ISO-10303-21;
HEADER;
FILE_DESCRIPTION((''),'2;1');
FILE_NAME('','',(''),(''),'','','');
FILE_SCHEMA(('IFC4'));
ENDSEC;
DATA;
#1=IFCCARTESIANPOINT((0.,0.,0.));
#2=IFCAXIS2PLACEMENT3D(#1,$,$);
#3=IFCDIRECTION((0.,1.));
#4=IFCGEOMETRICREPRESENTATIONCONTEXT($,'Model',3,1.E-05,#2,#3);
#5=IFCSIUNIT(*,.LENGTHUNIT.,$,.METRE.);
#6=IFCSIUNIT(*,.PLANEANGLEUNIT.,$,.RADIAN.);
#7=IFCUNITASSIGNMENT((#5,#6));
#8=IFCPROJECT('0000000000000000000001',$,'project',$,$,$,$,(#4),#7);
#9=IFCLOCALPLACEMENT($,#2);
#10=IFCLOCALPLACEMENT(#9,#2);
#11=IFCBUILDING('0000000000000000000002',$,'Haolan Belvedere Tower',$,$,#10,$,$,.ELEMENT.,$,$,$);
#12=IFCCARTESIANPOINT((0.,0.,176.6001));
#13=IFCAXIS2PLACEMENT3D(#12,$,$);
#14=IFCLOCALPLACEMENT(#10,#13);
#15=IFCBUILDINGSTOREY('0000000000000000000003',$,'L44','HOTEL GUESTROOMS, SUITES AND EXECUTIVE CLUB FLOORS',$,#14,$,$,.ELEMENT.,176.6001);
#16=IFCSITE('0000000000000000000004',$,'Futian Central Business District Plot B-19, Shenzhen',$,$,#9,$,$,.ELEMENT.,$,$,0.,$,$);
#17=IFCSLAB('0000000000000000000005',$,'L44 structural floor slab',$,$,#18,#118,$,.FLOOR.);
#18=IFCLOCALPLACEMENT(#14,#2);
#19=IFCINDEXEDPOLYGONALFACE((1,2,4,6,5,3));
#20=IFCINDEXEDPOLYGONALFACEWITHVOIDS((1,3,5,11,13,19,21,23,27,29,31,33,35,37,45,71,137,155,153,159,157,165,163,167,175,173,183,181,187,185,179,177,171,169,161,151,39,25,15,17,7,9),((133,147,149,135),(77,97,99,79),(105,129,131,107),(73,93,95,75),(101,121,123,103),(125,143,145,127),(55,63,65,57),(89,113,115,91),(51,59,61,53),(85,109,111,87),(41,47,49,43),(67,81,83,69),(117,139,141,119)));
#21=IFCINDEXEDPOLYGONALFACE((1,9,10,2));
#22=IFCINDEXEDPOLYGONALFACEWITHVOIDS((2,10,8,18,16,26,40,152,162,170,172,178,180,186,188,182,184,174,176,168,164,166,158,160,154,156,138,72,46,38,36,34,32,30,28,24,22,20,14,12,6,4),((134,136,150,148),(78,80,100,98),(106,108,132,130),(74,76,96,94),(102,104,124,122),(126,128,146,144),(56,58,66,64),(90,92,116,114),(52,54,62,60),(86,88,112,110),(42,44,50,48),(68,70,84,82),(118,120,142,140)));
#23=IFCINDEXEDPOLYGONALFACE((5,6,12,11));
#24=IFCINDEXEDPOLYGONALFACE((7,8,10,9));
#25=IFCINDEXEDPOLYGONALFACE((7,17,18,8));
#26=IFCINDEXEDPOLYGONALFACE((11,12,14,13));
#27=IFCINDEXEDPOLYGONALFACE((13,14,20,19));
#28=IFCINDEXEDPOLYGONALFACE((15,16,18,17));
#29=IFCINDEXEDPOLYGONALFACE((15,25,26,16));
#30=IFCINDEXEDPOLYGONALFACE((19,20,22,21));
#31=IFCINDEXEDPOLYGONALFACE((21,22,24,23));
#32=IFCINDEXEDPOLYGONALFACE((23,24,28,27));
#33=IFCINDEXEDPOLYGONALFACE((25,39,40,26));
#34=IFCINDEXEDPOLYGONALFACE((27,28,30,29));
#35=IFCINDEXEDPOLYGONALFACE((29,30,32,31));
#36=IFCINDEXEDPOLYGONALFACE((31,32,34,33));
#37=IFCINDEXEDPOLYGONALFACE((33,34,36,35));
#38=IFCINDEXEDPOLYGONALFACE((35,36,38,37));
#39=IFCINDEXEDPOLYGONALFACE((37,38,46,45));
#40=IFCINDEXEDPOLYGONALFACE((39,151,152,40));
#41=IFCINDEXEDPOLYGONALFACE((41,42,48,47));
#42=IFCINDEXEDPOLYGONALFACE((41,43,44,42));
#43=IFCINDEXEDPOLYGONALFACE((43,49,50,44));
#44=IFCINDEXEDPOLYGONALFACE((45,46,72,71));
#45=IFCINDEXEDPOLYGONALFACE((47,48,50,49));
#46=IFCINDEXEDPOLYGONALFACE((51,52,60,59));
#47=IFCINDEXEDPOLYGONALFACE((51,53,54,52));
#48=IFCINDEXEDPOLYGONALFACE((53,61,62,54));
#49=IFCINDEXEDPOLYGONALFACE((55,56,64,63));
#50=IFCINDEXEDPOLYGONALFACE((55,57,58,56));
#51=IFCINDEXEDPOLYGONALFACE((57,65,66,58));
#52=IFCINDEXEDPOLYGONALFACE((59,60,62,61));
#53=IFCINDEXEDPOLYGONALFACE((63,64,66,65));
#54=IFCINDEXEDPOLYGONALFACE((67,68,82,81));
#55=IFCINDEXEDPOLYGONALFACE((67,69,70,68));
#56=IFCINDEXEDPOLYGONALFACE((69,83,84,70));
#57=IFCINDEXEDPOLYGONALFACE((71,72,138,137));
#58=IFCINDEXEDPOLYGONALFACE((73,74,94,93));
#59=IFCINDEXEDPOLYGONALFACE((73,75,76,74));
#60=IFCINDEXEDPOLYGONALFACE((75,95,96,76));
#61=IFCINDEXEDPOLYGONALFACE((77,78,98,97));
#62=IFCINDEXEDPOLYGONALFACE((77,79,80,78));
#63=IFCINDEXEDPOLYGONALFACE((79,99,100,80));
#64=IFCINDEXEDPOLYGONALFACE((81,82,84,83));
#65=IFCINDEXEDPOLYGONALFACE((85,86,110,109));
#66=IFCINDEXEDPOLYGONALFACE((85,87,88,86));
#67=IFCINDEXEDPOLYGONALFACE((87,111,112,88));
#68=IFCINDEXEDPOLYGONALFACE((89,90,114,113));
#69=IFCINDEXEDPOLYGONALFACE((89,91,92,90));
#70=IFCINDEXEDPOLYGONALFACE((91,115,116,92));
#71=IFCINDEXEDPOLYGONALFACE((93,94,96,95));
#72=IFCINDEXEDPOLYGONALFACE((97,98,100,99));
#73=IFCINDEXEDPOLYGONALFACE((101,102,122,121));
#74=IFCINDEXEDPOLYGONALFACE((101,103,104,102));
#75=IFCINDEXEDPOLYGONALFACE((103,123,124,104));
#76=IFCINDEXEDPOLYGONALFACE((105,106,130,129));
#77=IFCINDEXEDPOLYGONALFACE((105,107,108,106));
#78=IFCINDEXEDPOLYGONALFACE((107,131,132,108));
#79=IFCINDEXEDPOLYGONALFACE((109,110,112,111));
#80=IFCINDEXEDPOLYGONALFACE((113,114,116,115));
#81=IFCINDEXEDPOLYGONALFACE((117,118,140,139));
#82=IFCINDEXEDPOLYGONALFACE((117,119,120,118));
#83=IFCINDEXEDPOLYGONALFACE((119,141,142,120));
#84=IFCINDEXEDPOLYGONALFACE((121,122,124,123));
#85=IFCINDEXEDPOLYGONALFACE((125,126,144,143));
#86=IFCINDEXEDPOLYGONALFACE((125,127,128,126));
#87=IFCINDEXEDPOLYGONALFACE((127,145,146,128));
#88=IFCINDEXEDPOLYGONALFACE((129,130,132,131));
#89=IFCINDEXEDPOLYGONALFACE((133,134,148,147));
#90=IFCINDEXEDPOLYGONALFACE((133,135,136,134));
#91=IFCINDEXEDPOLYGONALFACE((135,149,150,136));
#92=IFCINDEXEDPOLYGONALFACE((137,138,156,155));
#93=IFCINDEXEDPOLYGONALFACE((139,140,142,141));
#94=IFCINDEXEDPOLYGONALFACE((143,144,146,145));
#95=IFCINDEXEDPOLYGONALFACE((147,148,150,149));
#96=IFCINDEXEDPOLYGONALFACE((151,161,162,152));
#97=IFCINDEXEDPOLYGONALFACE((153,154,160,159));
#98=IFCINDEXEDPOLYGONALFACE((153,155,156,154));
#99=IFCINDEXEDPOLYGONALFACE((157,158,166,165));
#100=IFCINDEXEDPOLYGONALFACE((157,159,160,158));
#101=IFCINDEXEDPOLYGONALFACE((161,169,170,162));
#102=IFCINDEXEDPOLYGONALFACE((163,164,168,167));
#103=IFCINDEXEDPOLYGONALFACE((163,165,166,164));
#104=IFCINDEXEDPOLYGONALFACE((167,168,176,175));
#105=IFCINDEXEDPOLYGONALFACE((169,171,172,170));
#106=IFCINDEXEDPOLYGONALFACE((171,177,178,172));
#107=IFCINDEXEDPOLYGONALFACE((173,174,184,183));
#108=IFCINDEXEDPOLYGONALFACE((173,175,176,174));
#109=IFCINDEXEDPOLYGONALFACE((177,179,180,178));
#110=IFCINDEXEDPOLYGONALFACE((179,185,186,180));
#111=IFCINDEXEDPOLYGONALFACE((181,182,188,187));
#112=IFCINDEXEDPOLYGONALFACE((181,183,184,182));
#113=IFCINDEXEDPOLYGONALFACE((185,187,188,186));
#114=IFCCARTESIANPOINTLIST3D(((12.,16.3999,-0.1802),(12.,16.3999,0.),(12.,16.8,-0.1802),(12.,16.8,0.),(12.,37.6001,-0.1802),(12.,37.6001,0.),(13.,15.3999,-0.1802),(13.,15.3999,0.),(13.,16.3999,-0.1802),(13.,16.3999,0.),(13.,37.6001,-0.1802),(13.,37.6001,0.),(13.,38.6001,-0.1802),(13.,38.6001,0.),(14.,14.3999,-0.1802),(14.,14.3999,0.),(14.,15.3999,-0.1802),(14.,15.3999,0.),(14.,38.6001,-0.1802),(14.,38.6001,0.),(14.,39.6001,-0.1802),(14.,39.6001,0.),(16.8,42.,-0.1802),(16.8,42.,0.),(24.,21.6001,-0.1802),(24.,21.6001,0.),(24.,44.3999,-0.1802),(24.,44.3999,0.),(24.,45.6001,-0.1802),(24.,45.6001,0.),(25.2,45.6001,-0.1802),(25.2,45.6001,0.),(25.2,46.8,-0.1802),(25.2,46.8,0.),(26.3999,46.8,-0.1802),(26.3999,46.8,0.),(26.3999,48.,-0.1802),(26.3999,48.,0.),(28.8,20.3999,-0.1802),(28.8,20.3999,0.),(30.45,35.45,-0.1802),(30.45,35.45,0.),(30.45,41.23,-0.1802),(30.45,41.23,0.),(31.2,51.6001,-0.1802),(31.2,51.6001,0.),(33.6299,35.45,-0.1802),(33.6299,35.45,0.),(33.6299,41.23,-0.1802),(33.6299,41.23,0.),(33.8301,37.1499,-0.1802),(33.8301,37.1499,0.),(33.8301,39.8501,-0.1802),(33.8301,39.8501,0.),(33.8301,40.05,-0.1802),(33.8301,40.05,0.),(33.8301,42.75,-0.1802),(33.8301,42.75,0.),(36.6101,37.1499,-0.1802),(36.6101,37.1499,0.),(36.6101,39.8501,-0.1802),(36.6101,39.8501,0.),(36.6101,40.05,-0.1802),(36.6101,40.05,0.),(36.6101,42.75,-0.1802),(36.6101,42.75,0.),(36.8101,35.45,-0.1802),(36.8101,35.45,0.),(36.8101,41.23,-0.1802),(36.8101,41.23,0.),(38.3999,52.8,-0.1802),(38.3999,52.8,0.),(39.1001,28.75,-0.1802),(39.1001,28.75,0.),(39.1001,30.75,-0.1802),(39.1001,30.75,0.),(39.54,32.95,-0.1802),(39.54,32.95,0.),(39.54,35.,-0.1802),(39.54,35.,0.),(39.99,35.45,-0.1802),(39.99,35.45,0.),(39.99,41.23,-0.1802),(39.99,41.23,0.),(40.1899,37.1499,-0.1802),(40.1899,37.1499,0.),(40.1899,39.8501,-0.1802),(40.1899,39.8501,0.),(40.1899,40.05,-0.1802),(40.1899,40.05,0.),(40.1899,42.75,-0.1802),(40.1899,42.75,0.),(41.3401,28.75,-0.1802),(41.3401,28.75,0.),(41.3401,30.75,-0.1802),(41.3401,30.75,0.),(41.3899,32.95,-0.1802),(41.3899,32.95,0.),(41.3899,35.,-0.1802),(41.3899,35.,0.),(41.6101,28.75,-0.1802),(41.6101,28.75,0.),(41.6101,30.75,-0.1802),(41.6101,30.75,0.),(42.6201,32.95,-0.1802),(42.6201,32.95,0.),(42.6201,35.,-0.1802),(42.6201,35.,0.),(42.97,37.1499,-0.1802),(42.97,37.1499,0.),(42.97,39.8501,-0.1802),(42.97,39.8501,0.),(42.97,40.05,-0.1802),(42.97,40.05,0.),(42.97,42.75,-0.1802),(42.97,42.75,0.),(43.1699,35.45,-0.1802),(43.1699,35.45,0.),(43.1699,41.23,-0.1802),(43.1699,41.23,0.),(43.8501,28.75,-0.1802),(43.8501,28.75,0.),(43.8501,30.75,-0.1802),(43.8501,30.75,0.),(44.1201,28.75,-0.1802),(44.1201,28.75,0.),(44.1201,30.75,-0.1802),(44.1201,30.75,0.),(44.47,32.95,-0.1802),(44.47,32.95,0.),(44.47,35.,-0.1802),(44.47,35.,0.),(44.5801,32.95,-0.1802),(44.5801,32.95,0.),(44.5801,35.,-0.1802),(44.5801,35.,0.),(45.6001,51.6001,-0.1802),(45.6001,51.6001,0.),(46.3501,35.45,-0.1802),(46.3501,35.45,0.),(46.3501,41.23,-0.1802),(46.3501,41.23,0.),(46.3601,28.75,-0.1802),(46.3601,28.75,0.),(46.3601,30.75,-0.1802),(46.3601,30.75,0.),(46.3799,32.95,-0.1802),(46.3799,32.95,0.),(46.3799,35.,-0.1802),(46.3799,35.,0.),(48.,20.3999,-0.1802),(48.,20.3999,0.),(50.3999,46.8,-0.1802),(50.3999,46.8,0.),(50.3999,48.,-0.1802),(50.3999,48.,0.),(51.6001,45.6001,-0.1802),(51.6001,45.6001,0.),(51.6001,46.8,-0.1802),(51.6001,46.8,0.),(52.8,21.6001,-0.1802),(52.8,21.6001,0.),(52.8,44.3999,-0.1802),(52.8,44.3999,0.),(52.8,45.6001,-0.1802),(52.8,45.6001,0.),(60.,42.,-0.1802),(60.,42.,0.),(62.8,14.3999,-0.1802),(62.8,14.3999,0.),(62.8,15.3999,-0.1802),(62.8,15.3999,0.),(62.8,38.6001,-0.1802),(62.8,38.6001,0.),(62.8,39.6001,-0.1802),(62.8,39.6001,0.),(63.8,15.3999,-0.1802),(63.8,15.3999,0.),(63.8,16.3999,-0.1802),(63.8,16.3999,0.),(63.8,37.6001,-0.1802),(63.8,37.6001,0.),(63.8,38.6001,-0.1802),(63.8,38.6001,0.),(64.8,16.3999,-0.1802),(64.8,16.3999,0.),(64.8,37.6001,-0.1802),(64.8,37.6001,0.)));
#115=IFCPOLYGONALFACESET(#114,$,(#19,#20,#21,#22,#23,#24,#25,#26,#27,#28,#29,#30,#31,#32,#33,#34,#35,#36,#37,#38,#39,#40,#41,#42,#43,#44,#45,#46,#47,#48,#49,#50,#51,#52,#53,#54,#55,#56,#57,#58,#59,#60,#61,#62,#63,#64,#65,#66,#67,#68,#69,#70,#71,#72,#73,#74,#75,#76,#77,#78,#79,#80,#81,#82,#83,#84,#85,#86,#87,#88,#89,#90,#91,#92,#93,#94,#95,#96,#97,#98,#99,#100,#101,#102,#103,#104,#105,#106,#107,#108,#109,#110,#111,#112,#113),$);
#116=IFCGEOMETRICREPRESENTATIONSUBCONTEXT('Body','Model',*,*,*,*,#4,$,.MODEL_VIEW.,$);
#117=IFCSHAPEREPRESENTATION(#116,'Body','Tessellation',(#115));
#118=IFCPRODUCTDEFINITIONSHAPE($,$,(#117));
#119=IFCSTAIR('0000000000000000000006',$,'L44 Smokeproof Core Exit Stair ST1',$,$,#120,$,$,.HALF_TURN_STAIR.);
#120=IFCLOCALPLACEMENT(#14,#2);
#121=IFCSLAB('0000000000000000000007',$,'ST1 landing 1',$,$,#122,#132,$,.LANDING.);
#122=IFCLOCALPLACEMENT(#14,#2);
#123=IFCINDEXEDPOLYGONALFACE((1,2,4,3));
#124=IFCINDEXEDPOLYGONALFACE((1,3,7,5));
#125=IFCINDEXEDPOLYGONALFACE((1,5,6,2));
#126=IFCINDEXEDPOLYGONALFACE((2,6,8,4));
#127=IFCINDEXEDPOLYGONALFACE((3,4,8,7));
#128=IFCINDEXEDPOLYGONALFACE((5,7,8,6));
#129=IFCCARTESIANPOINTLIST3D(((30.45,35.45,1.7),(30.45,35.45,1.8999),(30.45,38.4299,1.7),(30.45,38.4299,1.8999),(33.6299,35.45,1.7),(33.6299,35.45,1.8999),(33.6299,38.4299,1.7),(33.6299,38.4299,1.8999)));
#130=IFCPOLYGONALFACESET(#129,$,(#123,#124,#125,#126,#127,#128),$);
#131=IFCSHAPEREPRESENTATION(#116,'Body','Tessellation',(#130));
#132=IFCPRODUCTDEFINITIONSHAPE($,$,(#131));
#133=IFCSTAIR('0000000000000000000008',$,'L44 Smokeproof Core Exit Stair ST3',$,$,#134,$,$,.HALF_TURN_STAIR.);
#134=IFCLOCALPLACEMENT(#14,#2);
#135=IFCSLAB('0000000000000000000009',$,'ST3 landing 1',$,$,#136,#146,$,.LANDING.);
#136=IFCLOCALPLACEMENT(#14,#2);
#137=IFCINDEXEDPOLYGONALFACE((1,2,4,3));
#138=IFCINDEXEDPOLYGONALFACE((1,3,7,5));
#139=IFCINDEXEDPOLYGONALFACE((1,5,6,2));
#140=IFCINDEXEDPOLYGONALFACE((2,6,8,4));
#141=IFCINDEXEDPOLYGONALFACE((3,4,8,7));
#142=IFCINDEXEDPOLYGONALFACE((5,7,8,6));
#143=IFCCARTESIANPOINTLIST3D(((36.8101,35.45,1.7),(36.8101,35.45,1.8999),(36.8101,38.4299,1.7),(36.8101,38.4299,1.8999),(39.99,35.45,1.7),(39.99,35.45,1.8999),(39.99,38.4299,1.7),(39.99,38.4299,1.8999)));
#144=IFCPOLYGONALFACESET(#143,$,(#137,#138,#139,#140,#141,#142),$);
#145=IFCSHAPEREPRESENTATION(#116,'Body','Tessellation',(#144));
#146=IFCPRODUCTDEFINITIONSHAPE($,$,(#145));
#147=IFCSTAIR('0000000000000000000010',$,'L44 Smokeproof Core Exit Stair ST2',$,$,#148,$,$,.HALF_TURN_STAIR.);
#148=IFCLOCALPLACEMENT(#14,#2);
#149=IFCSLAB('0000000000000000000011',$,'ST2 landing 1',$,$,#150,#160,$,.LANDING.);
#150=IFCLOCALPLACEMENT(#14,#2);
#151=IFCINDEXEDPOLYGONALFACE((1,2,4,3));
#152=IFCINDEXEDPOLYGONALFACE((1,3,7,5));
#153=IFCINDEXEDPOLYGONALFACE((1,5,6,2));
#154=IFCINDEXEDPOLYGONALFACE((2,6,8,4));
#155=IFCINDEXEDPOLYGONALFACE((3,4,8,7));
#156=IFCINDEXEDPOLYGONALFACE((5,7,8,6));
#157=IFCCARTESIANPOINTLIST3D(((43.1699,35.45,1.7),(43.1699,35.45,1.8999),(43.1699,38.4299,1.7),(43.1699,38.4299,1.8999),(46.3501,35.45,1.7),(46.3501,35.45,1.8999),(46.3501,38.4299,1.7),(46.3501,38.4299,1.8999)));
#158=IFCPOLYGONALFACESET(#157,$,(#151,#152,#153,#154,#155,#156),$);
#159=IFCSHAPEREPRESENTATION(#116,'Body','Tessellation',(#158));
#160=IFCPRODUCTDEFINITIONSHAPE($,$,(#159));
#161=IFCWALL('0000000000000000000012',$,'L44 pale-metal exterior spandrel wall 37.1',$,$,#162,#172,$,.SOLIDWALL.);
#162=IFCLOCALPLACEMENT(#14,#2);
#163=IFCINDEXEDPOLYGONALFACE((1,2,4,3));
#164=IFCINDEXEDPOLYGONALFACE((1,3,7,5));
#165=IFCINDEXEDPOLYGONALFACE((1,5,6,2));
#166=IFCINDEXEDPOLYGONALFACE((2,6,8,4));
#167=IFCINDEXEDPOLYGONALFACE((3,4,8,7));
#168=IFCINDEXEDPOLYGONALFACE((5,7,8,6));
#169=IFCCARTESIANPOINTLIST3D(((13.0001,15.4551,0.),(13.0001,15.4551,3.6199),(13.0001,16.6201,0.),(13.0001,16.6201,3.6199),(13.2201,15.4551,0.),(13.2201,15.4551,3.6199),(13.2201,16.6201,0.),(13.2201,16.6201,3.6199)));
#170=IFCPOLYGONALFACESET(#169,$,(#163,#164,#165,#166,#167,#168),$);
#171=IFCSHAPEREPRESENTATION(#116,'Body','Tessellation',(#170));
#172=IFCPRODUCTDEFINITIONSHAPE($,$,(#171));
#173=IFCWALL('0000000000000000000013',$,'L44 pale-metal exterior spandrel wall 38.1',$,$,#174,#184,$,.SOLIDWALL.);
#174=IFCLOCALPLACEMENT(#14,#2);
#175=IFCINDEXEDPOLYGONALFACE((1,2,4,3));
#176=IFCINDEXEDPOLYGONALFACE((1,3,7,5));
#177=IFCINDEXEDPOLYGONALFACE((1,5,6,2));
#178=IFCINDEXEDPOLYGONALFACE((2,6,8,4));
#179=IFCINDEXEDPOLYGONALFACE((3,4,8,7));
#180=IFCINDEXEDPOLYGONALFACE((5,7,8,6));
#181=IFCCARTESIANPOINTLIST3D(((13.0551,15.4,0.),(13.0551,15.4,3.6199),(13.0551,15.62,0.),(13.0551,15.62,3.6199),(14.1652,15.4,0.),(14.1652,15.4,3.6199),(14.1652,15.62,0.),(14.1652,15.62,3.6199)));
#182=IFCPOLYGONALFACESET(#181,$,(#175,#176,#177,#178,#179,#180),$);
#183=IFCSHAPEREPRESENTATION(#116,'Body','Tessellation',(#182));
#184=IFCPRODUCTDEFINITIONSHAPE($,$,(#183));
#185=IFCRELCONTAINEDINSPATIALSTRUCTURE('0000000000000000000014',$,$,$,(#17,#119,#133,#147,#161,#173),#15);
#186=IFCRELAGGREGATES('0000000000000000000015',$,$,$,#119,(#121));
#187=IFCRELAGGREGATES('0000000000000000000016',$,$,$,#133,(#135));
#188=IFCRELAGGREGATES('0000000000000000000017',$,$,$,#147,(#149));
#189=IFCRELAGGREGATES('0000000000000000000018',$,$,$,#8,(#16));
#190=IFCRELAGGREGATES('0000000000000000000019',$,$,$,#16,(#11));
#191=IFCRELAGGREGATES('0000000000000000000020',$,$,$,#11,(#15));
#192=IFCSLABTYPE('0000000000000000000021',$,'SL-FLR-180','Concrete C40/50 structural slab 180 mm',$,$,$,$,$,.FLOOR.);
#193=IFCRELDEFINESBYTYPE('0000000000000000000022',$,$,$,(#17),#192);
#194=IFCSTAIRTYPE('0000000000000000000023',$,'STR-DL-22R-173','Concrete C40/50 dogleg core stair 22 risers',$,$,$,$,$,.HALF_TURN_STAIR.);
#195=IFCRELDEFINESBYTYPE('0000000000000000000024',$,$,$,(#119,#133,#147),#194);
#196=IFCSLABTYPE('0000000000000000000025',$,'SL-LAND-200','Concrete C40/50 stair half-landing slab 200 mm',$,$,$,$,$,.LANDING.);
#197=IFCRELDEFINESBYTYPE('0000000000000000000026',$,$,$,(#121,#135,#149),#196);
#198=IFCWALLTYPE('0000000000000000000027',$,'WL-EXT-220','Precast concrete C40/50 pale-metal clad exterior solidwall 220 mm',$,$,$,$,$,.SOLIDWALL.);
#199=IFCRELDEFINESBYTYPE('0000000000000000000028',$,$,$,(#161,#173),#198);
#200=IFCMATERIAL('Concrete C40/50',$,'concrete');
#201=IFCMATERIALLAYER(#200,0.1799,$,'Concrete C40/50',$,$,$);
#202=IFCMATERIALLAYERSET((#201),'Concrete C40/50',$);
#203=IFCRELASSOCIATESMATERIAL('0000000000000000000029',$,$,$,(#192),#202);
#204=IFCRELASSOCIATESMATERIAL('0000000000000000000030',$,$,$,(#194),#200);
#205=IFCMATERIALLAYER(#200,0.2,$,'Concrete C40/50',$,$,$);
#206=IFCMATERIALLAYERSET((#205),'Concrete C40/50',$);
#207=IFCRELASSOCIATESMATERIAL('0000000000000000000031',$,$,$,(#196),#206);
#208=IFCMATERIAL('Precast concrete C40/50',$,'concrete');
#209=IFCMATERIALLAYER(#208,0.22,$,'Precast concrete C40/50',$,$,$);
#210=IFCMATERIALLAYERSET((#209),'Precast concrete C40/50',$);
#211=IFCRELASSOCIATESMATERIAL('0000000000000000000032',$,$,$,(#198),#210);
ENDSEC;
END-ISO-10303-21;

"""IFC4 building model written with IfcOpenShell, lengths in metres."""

from ifc_helpers import new_model, si_unit, direction, frame, frame_2d, origin, place, context, subcontext, project, spatial, polyline, rectangle, outline, extrude, material, layer, layer_set, type_object, element, aggregate, save


model = new_model("IFC4")

# Units and contexts
model_context = context("Model", 3, precision=1e-05, world=origin(), true_north=direction((0.0, 1.0)))
body_context = subcontext(model_context, "Body", "Model", "MODEL_VIEW")
ifc_project = project(units=[si_unit("LENGTHUNIT", "METRE"), si_unit("PLANEANGLEUNIT", "RADIAN")], contexts=[model_context])

# Site, building, storey
site_placement = place(None, origin())
site = spatial("IfcSite", under=ifc_project, at=site_placement, Name="Futian Central Business District Plot B-19, Shenzhen", CompositionType="ELEMENT", RefElevation=0.0)
building_placement = place(site_placement, origin())
building = spatial("IfcBuilding", under=site, at=building_placement, Name="Haolan Belvedere Tower", CompositionType="ELEMENT")
storey_placement = place(building_placement, frame((0.0, 0.0, 176.6001)))
storey = spatial("IfcBuildingStorey", under=building, at=storey_placement, Name="L44", Description="HOTEL GUESTROOMS, SUITES AND EXECUTIVE CLUB FLOORS", CompositionType="ELEMENT", Elevation=176.6001)

# Slab
ifc_material_1 = material(Name="Concrete C40/50", Category="concrete")
ifc_layer_1 = layer(ifc_material_1, 0.1799, Name="Concrete C40/50")
ifc_layer_set_1 = layer_set([ifc_layer_1], Name="Concrete C40/50")
slab_type_1 = type_object("IfcSlabType", Name="SL-FLR-180", Description="Concrete C40/50 structural slab 180 mm", PredefinedType="FLOOR", material=ifc_layer_set_1)
slab_1_placement = place(storey_placement, frame((0.0, 0.0, -0.1802)))
element("IfcSlab", 1, at=slab_1_placement, inside=storey, type_object=slab_type_1, Name="L44 structural floor slab", PredefinedType="FLOOR", context=body_context, shape_type="SweptSolid", body=[
    extrude(outline(polyline([(24.0, 21.6001), (28.8, 20.3999), (48.0, 20.3999), (52.8, 21.6001), (62.8, 14.3999), (62.8, 15.3999), (63.8, 15.3999), (63.8, 16.3999), (64.8, 16.3999), (64.8, 37.6001), (63.8, 37.6001), (63.8, 38.6001), (62.8, 38.6001), (62.8, 39.6001), (60.0, 42.0), (52.8, 44.3999), (52.8, 45.6001), (51.6001, 45.6001), (51.6001, 46.8), (50.3999, 46.8), (50.3999, 48.0), (45.6001, 51.6001), (38.3999, 52.8), (31.2, 51.6001), (26.3999, 48.0), (26.3999, 46.8), (25.2, 46.8), (25.2, 45.6001), (24.0, 45.6001), (24.0, 44.3999), (16.8, 42.0), (14.0, 39.6001), (14.0, 38.6001), (13.0, 38.6001), (13.0, 37.6001), (12.0, 37.6001), (12.0, 16.8), (12.0, 16.3999), (13.0, 16.3999), (13.0, 15.3999), (14.0, 15.3999), (14.0, 14.3999), (24.0, 21.6001)]), holes=[polyline([(30.45, 41.23), (30.45, 35.45), (33.6299, 35.45), (33.6299, 41.23), (30.45, 41.23)]), polyline([(36.8101, 41.23), (36.8101, 35.45), (39.99, 35.45), (39.99, 41.23), (36.8101, 41.23)]), polyline([(43.1699, 41.23), (43.1699, 35.45), (46.3501, 35.45), (46.3501, 41.23), (43.1699, 41.23)]), polyline([(33.8301, 40.05), (36.6101, 40.05), (36.6101, 42.75), (33.8301, 42.75), (33.8301, 40.05)]), polyline([(33.8301, 37.1499), (36.6101, 37.1499), (36.6101, 39.8501), (33.8301, 39.8501), (33.8301, 37.1499)]), polyline([(40.1899, 40.05), (42.97, 40.05), (42.97, 42.75), (40.1899, 42.75), (40.1899, 40.05)]), polyline([(40.1899, 37.1499), (42.97, 37.1499), (42.97, 39.8501), (40.1899, 39.8501), (40.1899, 37.1499)]), polyline([(39.54, 32.95), (41.3899, 32.95), (41.3899, 35.0), (39.54, 35.0), (39.54, 32.95)]), polyline([(42.6201, 32.95), (44.47, 32.95), (44.47, 35.0), (42.6201, 35.0), (42.6201, 32.95)]), polyline([(44.5801, 32.95), (46.3799, 32.95), (46.3799, 35.0), (44.5801, 35.0), (44.5801, 32.95)]), polyline([(39.1001, 28.75), (41.3401, 28.75), (41.3401, 30.75), (39.1001, 30.75), (39.1001, 28.75)]), polyline([(41.6101, 28.75), (43.8501, 28.75), (43.8501, 30.75), (41.6101, 30.75), (41.6101, 28.75)]), polyline([(44.1201, 28.75), (46.3601, 28.75), (46.3601, 30.75), (44.1201, 30.75), (44.1201, 28.75)])]), origin(), (0.0, 0.0, 1.0), 0.1802),
])

# Stairs, slabs
stair_type = type_object("IfcStairType", Name="STR-DL-22R-173", Description="Concrete C40/50 dogleg core stair 22 risers", PredefinedType="HALF_TURN_STAIR", material=ifc_material_1)
stair_1_placement = place(storey_placement, origin())
stair_1 = element("IfcStair", 2, at=stair_1_placement, inside=storey, type_object=stair_type, Name="L44 Smokeproof Core Exit Stair ST1", PredefinedType="HALF_TURN_STAIR")
ifc_layer_2 = layer(ifc_material_1, 0.2, Name="Concrete C40/50")
ifc_layer_set_2 = layer_set([ifc_layer_2], Name="Concrete C40/50")
slab_type_2 = type_object("IfcSlabType", Name="SL-LAND-200", Description="Concrete C40/50 stair half-landing slab 200 mm", PredefinedType="LANDING", material=ifc_layer_set_2)
slab_2_placement = place(storey_placement, frame((0.0, 0.0, 1.7)))
slab_2 = element("IfcSlab", 3, at=slab_2_placement, type_object=slab_type_2, Name="ST1 landing 1", PredefinedType="LANDING", context=body_context, shape_type="SweptSolid", body=[
    extrude(outline(polyline([(30.45, 38.4299), (30.45, 35.45), (33.6299, 35.45), (33.6299, 38.4299), (30.45, 38.4299)])), origin(), (0.0, 0.0, 1.0), 0.2),
])
aggregate(stair_1, [slab_2])
stair_2_placement = place(storey_placement, origin())
stair_2 = element("IfcStair", 4, at=stair_2_placement, inside=storey, type_object=stair_type, Name="L44 Smokeproof Core Exit Stair ST3", PredefinedType="HALF_TURN_STAIR")
slab_3_placement = place(storey_placement, frame((0.0, 0.0, 1.7)))
slab_3 = element("IfcSlab", 5, at=slab_3_placement, type_object=slab_type_2, Name="ST3 landing 1", PredefinedType="LANDING", context=body_context, shape_type="SweptSolid", body=[
    extrude(outline(polyline([(36.8101, 38.4299), (36.8101, 35.45), (39.99, 35.45), (39.99, 38.4299), (36.8101, 38.4299)])), origin(), (0.0, 0.0, 1.0), 0.2),
])
aggregate(stair_2, [slab_3])
stair_3_placement = place(storey_placement, origin())
stair_3 = element("IfcStair", 6, at=stair_3_placement, inside=storey, type_object=stair_type, Name="L44 Smokeproof Core Exit Stair ST2", PredefinedType="HALF_TURN_STAIR")
slab_4_placement = place(storey_placement, frame((0.0, 0.0, 1.7)))
slab_4 = element("IfcSlab", 7, at=slab_4_placement, type_object=slab_type_2, Name="ST2 landing 1", PredefinedType="LANDING", context=body_context, shape_type="SweptSolid", body=[
    extrude(outline(polyline([(43.1699, 38.4299), (43.1699, 35.45), (46.3501, 35.45), (46.3501, 38.4299), (43.1699, 38.4299)])), origin(), (0.0, 0.0, 1.0), 0.2),
])
aggregate(stair_3, [slab_4])

# Walls
ifc_material_2 = material(Name="Precast concrete C40/50", Category="concrete")
ifc_layer_3 = layer(ifc_material_2, 0.22, Name="Precast concrete C40/50")
ifc_layer_set_3 = layer_set([ifc_layer_3], Name="Precast concrete C40/50")
wall_type_1 = type_object("IfcWallType", Name="WL-EXT-220", Description="Precast concrete C40/50 pale-metal clad exterior solidwall 220 mm", PredefinedType="SOLIDWALL", material=ifc_layer_set_3)
wall_1_placement = place(storey_placement, frame((13.1101, 16.6201, 0.0), z_axis=(0.0, 0.0, 1.0), x_axis=(0.0, -1.0, 0.0)))
element("IfcWall", 8, at=wall_1_placement, inside=storey, type_object=wall_type_1, Name="L44 pale-metal exterior spandrel wall 37.1", PredefinedType="SOLIDWALL", context=body_context, shape_type="SweptSolid", body=[
    extrude(rectangle(XDim=1.165, YDim=0.22, at=frame_2d((0.5825, 0.0))), origin(), (0.0, 0.0, 1.0), 3.6199),
])
wall_2_placement = place(storey_placement, frame((13.0549, 15.51, 0.0), z_axis=(0.0, 0.0, 1.0), x_axis=(1.0, 0.0, 0.0)))
element("IfcWall", 9, at=wall_2_placement, inside=storey, type_object=wall_type_1, Name="L44 pale-metal exterior spandrel wall 38.1", PredefinedType="SOLIDWALL", context=body_context, shape_type="SweptSolid", body=[
    extrude(rectangle(XDim=1.1101, YDim=0.22, at=frame_2d((0.5552, 0.0))), origin(), (0.0, 0.0, 1.0), 3.6199),
])

save(model, "model.ifc")
